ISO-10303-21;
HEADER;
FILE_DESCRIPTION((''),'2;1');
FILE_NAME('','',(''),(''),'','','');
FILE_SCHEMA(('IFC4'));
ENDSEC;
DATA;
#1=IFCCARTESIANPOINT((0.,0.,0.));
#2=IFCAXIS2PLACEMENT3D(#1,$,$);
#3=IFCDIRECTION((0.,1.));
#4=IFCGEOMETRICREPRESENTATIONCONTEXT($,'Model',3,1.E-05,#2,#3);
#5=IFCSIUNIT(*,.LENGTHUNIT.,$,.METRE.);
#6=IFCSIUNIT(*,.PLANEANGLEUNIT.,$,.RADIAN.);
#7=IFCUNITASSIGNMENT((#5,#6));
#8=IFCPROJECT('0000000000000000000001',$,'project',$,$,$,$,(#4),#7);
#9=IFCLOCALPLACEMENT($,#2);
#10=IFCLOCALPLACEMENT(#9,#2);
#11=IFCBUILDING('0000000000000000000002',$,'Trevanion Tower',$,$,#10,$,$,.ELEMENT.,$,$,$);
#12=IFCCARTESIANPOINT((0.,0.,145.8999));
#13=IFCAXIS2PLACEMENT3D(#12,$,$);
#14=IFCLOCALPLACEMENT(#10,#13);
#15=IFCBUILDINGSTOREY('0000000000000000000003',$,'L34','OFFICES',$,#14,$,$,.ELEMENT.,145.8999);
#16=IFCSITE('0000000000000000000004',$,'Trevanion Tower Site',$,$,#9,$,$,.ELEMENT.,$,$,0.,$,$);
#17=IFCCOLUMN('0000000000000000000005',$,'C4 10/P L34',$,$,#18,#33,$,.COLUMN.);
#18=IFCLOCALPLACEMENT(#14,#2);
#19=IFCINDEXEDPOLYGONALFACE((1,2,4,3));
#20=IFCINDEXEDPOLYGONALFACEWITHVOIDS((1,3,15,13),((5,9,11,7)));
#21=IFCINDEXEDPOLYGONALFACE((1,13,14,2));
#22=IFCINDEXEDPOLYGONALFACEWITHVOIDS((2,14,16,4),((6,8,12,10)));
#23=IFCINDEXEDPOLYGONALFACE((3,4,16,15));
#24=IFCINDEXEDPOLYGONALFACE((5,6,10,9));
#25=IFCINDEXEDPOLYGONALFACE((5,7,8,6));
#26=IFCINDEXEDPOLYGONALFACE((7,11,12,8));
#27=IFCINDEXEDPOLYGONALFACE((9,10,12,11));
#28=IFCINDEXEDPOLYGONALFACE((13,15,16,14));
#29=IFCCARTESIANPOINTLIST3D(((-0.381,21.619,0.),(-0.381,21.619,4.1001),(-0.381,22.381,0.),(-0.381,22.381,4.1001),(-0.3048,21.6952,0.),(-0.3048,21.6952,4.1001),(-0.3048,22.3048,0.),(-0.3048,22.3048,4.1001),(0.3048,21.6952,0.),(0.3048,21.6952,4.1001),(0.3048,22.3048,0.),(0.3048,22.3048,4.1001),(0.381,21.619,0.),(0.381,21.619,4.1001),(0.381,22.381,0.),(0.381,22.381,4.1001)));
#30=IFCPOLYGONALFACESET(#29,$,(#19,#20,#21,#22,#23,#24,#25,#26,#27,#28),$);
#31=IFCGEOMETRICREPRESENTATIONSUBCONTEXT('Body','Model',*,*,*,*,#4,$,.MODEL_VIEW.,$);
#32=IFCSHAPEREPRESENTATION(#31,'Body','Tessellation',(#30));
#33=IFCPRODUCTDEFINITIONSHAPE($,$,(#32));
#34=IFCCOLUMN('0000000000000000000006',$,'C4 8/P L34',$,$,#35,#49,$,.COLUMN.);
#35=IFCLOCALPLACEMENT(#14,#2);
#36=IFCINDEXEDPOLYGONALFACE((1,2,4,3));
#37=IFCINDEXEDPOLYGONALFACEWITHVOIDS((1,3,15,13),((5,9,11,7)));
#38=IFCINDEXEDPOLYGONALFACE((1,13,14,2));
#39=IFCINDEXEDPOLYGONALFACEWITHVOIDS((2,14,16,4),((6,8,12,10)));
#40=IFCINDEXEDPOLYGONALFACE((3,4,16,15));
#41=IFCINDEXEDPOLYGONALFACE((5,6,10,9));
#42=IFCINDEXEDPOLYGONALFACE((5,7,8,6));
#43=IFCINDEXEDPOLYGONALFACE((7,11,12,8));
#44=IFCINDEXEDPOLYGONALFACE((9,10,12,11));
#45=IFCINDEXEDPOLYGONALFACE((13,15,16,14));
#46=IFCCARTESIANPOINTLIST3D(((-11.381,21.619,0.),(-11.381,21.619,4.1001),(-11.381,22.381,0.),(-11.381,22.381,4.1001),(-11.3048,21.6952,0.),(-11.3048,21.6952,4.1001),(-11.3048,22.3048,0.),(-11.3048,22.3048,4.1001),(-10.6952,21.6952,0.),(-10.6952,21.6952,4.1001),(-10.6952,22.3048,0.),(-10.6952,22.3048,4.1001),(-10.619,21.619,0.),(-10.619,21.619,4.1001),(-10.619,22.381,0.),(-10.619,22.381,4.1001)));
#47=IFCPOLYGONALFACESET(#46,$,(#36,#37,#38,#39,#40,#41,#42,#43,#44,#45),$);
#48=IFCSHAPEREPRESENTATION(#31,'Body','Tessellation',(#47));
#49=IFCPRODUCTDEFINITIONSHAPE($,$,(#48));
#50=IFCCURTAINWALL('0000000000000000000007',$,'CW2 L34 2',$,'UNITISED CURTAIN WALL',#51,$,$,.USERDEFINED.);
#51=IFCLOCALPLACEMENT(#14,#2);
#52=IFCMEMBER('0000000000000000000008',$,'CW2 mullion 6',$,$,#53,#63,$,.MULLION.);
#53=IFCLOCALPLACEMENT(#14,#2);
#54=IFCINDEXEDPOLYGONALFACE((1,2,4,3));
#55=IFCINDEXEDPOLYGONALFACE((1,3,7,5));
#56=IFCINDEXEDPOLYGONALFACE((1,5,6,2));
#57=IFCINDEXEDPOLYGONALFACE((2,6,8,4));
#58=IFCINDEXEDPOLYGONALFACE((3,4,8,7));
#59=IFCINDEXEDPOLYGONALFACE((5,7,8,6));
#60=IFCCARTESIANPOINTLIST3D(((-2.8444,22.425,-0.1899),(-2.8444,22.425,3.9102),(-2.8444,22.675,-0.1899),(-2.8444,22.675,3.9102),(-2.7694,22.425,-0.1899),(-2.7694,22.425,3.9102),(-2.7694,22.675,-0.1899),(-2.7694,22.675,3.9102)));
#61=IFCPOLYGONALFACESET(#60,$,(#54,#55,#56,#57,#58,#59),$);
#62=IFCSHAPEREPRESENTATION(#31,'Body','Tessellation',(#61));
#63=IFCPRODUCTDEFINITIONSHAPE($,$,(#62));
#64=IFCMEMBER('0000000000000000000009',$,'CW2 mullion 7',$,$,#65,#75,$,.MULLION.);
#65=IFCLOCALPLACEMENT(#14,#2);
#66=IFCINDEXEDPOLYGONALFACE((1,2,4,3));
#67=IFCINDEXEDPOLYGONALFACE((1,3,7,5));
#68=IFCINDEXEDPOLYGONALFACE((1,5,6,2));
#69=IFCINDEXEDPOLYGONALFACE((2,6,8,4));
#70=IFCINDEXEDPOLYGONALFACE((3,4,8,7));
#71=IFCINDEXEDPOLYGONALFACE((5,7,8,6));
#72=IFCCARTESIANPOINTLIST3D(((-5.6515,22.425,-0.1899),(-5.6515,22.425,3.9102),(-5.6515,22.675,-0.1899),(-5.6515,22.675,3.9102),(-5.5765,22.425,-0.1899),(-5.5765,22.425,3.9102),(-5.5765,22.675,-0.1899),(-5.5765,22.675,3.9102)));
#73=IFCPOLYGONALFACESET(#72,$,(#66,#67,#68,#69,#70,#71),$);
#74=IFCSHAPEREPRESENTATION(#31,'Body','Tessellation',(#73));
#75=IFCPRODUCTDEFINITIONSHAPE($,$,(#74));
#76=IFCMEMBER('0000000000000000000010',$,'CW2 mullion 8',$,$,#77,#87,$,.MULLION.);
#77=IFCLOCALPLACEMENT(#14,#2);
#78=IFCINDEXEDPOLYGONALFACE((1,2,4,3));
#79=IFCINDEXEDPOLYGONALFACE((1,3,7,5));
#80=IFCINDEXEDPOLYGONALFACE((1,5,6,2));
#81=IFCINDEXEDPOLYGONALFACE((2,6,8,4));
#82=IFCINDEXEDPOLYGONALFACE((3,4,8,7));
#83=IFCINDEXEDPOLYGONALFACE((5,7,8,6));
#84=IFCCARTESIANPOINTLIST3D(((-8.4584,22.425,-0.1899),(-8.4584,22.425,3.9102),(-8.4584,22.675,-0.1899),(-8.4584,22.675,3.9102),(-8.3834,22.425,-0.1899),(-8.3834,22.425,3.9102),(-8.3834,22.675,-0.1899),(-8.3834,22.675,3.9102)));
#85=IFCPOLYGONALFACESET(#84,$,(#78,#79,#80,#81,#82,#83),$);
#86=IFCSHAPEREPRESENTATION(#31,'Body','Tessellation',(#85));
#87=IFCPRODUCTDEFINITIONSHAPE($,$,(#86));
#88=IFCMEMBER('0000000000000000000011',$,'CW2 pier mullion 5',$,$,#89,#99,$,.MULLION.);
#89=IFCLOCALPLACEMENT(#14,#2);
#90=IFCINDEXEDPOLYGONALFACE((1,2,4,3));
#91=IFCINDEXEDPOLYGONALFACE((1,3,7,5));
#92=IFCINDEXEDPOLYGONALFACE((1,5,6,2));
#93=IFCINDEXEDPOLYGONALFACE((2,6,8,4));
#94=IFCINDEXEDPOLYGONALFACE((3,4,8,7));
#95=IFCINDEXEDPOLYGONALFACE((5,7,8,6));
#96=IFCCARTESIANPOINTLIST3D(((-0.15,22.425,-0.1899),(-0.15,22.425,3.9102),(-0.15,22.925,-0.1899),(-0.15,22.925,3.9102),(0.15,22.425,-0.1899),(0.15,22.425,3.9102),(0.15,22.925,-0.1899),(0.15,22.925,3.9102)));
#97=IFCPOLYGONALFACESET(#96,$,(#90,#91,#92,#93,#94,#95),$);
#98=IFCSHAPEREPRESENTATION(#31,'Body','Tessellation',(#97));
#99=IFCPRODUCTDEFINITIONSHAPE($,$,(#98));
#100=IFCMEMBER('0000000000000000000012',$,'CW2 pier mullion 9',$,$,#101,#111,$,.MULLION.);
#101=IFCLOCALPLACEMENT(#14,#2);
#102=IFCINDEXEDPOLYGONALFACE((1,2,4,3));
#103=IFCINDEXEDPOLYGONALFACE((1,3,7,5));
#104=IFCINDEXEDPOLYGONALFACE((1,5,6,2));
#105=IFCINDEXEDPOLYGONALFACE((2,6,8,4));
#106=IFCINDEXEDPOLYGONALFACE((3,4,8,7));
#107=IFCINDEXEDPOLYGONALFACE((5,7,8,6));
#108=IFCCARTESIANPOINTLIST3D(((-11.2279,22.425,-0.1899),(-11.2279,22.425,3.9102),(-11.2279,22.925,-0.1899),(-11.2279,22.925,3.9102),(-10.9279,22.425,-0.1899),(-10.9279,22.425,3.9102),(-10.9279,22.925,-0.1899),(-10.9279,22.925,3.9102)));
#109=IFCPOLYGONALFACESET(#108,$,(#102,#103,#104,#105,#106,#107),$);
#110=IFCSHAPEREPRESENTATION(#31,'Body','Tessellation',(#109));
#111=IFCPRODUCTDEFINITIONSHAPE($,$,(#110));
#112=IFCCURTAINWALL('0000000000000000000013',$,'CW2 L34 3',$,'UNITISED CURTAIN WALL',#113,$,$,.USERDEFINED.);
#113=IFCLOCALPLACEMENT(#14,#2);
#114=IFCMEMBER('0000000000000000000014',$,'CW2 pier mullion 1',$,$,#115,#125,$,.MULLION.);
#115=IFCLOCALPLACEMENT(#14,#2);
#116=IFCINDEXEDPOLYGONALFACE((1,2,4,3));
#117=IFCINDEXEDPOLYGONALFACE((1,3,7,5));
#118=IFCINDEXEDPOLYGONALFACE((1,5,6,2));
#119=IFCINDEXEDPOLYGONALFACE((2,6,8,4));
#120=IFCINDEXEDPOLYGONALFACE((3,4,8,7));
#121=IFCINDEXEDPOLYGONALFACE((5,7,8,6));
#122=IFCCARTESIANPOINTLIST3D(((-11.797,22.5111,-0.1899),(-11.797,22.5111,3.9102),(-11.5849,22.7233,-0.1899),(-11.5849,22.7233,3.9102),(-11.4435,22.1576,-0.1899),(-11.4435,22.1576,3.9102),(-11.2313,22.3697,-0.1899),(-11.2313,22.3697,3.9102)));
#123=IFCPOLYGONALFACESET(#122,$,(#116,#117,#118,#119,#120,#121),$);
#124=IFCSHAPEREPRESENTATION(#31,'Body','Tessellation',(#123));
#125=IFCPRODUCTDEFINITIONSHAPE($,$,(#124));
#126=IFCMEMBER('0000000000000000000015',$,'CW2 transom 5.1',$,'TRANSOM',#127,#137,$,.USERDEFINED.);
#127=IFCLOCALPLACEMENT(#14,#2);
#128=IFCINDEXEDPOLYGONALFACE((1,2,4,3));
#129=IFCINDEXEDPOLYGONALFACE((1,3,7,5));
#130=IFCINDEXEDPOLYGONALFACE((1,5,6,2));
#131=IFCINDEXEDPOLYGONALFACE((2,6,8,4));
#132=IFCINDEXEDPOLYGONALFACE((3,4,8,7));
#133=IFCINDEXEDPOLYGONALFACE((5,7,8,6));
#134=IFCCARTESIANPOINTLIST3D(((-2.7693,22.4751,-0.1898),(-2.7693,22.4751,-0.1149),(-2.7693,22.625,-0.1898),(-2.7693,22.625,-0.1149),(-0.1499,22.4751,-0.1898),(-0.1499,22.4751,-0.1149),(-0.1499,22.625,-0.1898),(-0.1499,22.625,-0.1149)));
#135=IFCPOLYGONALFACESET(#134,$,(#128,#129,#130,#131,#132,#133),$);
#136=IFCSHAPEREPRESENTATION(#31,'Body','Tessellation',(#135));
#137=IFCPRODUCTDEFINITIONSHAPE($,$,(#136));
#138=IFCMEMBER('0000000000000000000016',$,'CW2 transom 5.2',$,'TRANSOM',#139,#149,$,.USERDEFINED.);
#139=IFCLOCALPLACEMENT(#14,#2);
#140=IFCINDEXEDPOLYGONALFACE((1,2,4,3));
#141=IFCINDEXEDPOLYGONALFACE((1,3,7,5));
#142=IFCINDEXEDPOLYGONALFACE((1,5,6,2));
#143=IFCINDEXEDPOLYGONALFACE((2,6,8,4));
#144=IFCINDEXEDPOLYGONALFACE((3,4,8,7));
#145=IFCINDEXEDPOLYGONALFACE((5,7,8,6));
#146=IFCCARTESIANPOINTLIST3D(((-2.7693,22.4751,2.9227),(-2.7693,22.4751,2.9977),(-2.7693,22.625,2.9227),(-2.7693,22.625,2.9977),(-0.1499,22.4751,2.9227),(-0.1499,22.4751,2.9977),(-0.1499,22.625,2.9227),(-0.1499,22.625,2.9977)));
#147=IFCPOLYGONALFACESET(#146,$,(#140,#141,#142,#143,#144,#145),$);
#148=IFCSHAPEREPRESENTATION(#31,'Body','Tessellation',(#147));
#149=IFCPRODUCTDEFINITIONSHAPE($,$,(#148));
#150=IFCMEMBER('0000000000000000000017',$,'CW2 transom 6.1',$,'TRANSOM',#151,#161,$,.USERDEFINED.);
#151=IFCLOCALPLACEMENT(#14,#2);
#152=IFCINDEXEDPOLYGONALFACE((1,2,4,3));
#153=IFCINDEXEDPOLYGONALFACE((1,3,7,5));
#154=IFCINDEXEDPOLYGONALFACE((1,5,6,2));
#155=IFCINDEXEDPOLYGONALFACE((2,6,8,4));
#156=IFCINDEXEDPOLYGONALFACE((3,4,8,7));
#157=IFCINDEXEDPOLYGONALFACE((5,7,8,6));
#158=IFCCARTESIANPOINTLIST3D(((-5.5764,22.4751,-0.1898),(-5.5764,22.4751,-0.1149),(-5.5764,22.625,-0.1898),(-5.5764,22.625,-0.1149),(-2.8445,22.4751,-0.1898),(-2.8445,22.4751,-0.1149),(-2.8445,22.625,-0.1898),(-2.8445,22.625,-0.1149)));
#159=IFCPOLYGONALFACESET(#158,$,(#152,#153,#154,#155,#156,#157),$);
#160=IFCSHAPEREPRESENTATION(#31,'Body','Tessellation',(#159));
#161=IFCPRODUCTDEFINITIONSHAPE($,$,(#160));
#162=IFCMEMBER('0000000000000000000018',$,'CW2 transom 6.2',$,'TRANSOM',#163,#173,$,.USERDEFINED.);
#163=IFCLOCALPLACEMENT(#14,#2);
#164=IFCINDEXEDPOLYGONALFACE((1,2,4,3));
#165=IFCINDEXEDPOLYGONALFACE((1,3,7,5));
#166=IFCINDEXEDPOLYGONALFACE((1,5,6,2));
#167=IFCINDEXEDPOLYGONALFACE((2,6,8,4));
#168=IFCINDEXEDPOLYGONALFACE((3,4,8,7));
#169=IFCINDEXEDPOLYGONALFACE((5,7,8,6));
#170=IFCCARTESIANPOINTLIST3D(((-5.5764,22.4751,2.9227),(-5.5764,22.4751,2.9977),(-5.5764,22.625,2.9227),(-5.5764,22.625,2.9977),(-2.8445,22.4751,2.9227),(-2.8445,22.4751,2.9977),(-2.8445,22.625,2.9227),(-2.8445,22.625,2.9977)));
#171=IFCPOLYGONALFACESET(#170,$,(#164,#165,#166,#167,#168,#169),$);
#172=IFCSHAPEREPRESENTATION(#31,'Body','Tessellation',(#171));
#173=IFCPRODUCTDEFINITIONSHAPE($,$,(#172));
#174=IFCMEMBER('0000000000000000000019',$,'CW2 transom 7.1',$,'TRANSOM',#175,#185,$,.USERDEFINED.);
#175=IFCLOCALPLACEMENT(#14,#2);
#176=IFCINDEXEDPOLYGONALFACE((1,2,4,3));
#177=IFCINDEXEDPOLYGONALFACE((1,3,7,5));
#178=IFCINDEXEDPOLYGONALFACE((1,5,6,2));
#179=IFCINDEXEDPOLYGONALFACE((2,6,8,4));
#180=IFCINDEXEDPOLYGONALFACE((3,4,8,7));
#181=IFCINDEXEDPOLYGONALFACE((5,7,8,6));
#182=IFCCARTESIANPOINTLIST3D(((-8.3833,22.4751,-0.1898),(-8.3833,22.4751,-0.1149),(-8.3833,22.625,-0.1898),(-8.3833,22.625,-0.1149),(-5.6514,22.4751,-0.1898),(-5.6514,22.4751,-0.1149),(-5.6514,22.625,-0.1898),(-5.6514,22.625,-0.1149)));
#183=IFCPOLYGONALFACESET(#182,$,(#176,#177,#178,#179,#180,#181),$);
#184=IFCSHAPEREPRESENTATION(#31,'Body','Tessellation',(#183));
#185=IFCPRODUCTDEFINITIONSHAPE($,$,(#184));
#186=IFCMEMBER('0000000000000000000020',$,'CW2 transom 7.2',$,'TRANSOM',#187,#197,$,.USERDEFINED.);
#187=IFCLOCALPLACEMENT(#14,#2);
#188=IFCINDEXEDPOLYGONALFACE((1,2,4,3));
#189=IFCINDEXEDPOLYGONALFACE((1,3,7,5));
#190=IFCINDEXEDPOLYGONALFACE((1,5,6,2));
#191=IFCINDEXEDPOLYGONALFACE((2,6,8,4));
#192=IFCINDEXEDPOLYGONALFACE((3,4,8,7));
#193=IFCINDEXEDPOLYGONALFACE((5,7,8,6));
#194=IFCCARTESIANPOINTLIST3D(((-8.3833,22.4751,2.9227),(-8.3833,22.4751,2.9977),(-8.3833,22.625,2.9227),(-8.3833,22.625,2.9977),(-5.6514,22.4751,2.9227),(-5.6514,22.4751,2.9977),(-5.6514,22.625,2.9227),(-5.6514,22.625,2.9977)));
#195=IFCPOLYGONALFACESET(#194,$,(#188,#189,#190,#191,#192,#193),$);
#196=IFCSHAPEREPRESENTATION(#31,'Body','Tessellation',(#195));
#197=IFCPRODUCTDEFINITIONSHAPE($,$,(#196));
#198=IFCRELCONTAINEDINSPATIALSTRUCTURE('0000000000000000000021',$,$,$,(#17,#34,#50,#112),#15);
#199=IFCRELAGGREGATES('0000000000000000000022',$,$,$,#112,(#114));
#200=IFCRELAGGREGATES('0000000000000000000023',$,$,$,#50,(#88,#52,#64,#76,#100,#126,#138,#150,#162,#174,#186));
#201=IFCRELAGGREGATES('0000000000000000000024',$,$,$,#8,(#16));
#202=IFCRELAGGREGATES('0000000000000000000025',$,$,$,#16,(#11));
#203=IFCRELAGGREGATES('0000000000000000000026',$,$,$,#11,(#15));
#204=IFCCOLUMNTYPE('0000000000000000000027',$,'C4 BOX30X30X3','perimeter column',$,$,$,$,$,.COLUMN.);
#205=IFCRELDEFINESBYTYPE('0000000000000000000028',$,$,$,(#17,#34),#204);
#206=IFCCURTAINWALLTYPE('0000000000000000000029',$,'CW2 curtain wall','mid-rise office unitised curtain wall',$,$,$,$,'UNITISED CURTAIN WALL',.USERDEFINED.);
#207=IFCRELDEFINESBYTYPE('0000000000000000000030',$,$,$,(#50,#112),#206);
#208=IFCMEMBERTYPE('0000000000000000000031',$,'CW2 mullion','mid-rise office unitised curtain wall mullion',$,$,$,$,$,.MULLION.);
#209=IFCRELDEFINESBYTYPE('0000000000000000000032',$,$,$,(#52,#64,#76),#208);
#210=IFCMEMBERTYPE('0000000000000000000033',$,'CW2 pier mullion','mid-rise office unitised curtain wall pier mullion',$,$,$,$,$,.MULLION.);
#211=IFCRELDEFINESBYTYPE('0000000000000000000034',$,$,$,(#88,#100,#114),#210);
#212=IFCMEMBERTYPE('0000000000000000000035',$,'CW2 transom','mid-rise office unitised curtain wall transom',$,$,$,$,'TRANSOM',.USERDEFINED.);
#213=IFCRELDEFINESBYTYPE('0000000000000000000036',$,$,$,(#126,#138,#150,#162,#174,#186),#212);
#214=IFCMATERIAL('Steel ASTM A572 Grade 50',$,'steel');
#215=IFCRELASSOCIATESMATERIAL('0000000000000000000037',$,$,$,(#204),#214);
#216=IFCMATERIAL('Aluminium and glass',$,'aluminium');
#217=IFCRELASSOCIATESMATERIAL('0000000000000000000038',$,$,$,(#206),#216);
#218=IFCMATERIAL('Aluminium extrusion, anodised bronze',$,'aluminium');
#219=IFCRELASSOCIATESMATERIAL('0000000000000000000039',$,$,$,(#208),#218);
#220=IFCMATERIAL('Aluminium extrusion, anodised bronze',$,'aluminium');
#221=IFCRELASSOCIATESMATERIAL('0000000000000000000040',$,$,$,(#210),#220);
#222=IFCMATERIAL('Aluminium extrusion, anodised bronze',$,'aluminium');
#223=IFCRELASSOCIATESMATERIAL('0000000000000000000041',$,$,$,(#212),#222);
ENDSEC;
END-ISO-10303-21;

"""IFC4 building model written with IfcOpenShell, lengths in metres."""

from ifc_helpers import new_model, si_unit, direction, frame, origin, origin_2d, place, context, subcontext, project, spatial, rectangle, hollow_rectangle, extrude, material, material_profile, profile_set, type_object, element, aggregate, save


model = new_model("IFC4")

# Units and contexts
model_context = context("Model", 3, precision=1e-05, world=origin(), true_north=direction((0.0, 1.0)))
body_context = subcontext(model_context, "Body", "Model", "MODEL_VIEW")
ifc_project = project(units=[si_unit("LENGTHUNIT", "METRE"), si_unit("PLANEANGLEUNIT", "RADIAN")], contexts=[model_context])

# Site, building, storey
site_placement = place(None, origin())
site = spatial("IfcSite", under=ifc_project, at=site_placement, Name="Trevanion Tower Site", CompositionType="ELEMENT", RefElevation=0.0)
building_placement = place(site_placement, origin())
building = spatial("IfcBuilding", under=site, at=building_placement, Name="Trevanion Tower", CompositionType="ELEMENT")
storey_placement = place(building_placement, frame((0.0, 0.0, 145.8999)))
storey = spatial("IfcBuildingStorey", under=building, at=storey_placement, Name="L34", Description="OFFICES", CompositionType="ELEMENT", Elevation=145.8999)

# Columns
ifc_material_1 = material(Name="Steel ASTM A572 Grade 50", Category="steel")
ifc_material_profile_1 = material_profile(ifc_material_1, hollow_rectangle(XDim=0.762, YDim=0.762, WallThickness=0.0762, at=origin_2d()), Name="BOX30X30X3")
ifc_profile_set_1 = profile_set([ifc_material_profile_1], Name="Steel ASTM A572 Grade 50")
column_type = type_object("IfcColumnType", Name="C4 BOX30X30X3", Description="perimeter column", PredefinedType="COLUMN", material=ifc_profile_set_1)
for number, where, z_axis, x_axis, name in (
    (1, (0.0, 22.0, 0.0), (0.0, 0.0, 1.0), (1.0, 0.0, 0.0), "C4 10/P L34"),
    (2, (-11.0, 22.0, 0.0), (0.0, 0.0, 1.0), (1.0, 0.0, 0.0), "C4 8/P L34"),
):
    element("IfcColumn", number, at=place(storey_placement, frame(where, z_axis=z_axis, x_axis=x_axis)), inside=storey, type_object=column_type, Name=name, PredefinedType="COLUMN", context=body_context, shape_type="SweptSolid", body=[
        extrude(hollow_rectangle(XDim=0.762, YDim=0.762, WallThickness=0.0762, at=origin_2d()), origin(), (0.0, 0.0, 1.0), 4.1001),
    ])

# Curtain wall, members
ifc_material_2 = material(Name="Aluminium and glass", Category="aluminium")
curtain_wall_type = type_object("IfcCurtainWallType", Name="CW2 curtain wall", Description="mid-rise office unitised curtain wall", ElementType="UNITISED CURTAIN WALL", PredefinedType="USERDEFINED", material=ifc_material_2)
curtain_wall_1_placement = place(storey_placement, origin())
curtain_wall_1 = element("IfcCurtainWall", 3, at=curtain_wall_1_placement, inside=storey, type_object=curtain_wall_type, Name="CW2 L34 2", ObjectType="UNITISED CURTAIN WALL", PredefinedType="USERDEFINED")
ifc_material_3 = material(Name="Aluminium extrusion, anodised bronze", Category="aluminium")
ifc_material_profile_2 = material_profile(ifc_material_3, rectangle(XDim=0.075, YDim=0.25, at=origin_2d()), Name="CW2 mullion")
ifc_profile_set_2 = profile_set([ifc_material_profile_2], Name="Aluminium extrusion, anodised bronze")
member_type_1 = type_object("IfcMemberType", Name="CW2 mullion", Description="mid-rise office unitised curtain wall mullion", PredefinedType="MULLION", material=ifc_profile_set_2)
member_1_placement = place(storey_placement, frame((-2.8069, 22.55, -0.1899), z_axis=(0.0, 0.0, 1.0), x_axis=(-1.0, 0.0, 0.0)))
member_1 = element("IfcMember", 4, at=member_1_placement, type_object=member_type_1, Name="CW2 mullion 6", PredefinedType="MULLION", context=body_context, shape_type="SweptSolid", body=[
    extrude(rectangle(XDim=0.075, YDim=0.25, at=origin_2d()), origin(), (0.0, 0.0, 1.0), 4.1001),
])
member_2_placement = place(storey_placement, frame((-5.614, 22.55, -0.1899), z_axis=(0.0, 0.0, 1.0), x_axis=(-1.0, 0.0, 0.0)))
member_2 = element("IfcMember", 5, at=member_2_placement, type_object=member_type_1, Name="CW2 mullion 7", PredefinedType="MULLION", context=body_context, shape_type="SweptSolid", body=[
    extrude(rectangle(XDim=0.075, YDim=0.25, at=origin_2d()), origin(), (0.0, 0.0, 1.0), 4.1001),
])
member_3_placement = place(storey_placement, frame((-8.4209, 22.55, -0.1899), z_axis=(0.0, 0.0, 1.0), x_axis=(-1.0, 0.0, 0.0)))
member_3 = element("IfcMember", 6, at=member_3_placement, type_object=member_type_1, Name="CW2 mullion 8", PredefinedType="MULLION", context=body_context, shape_type="SweptSolid", body=[
    extrude(rectangle(XDim=0.075, YDim=0.25, at=origin_2d()), origin(), (0.0, 0.0, 1.0), 4.1001),
])
ifc_material_4 = material(Name="Aluminium extrusion, anodised bronze", Category="aluminium")
ifc_material_profile_3 = material_profile(ifc_material_4, rectangle(XDim=0.3, YDim=0.5, at=origin_2d()), Name="CW2 pier mullion")
ifc_profile_set_3 = profile_set([ifc_material_profile_3], Name="Aluminium extrusion, anodised bronze")
member_type_2 = type_object("IfcMemberType", Name="CW2 pier mullion", Description="mid-rise office unitised curtain wall pier mullion", PredefinedType="MULLION", material=ifc_profile_set_3)
member_4_placement = place(storey_placement, frame((0.0, 22.675, -0.1899), z_axis=(0.0, 0.0, 1.0), x_axis=(-1.0, 0.0, 0.0)))
member_4 = element("IfcMember", 7, at=member_4_placement, type_object=member_type_2, Name="CW2 pier mullion 5", PredefinedType="MULLION", context=body_context, shape_type="SweptSolid", body=[
    extrude(rectangle(XDim=0.3, YDim=0.5, at=origin_2d()), origin(), (0.0, 0.0, 1.0), 4.1001),
])
member_5_placement = place(storey_placement, frame((-11.0779, 22.675, -0.1899), z_axis=(0.0, 0.0, 1.0), x_axis=(-1.0, 0.0, 0.0)))
member_5 = element("IfcMember", 8, at=member_5_placement, type_object=member_type_2, Name="CW2 pier mullion 9", PredefinedType="MULLION", context=body_context, shape_type="SweptSolid", body=[
    extrude(rectangle(XDim=0.3, YDim=0.5, at=origin_2d()), origin(), (0.0, 0.0, 1.0), 4.1001),
])

# Curtain wall, member
curtain_wall_2_placement = place(storey_placement, origin())
curtain_wall_2 = element("IfcCurtainWall", 9, at=curtain_wall_2_placement, inside=storey, type_object=curtain_wall_type, Name="CW2 L34 3", ObjectType="UNITISED CURTAIN WALL", PredefinedType="USERDEFINED")
member_6_placement = place(storey_placement, frame((-11.5142, 22.4404, -0.1899), z_axis=(0.0, 0.0, 1.0), x_axis=(-0.707107, -0.707107, 0.0)))
member_6 = element("IfcMember", 10, at=member_6_placement, type_object=member_type_2, Name="CW2 pier mullion 1", PredefinedType="MULLION", context=body_context, shape_type="SweptSolid", body=[
    extrude(rectangle(XDim=0.3, YDim=0.5, at=origin_2d()), origin(), (0.0, 0.0, 1.0), 4.1001),
])
aggregate(curtain_wall_2, [member_6])

# Members
ifc_material_5 = material(Name="Aluminium extrusion, anodised bronze", Category="aluminium")
ifc_material_profile_4 = material_profile(ifc_material_5, rectangle(XDim=0.1499, YDim=0.075, at=origin_2d()), Name="CW2 transom")
ifc_profile_set_4 = profile_set([ifc_material_profile_4], Name="Aluminium extrusion, anodised bronze")
member_type_3 = type_object("IfcMemberType", Name="CW2 transom", Description="mid-rise office unitised curtain wall transom", ElementType="TRANSOM", PredefinedType="USERDEFINED", material=ifc_profile_set_4)
member_7_placement = place(storey_placement, frame((-0.1499, 22.55, -0.1523), z_axis=(-1.0, 0.0, 0.0), x_axis=(0.0, -1.0, 0.0)))
member_7 = element("IfcMember", 11, at=member_7_placement, type_object=member_type_3, Name="CW2 transom 5.1", ObjectType="TRANSOM", PredefinedType="USERDEFINED", context=body_context, shape_type="SweptSolid", body=[
    extrude(rectangle(XDim=0.1499, YDim=0.075, at=origin_2d()), origin(), (0.0, 0.0, 1.0), 2.6194),
])
member_8_placement = place(storey_placement, frame((-0.1499, 22.55, 2.9602), z_axis=(-1.0, 0.0, 0.0), x_axis=(0.0, -1.0, 0.0)))
member_8 = element("IfcMember", 12, at=member_8_placement, type_object=member_type_3, Name="CW2 transom 5.2", ObjectType="TRANSOM", PredefinedType="USERDEFINED", context=body_context, shape_type="SweptSolid", body=[
    extrude(rectangle(XDim=0.1499, YDim=0.075, at=origin_2d()), origin(), (0.0, 0.0, 1.0), 2.6194),
])
member_9_placement = place(storey_placement, frame((-2.8445, 22.55, -0.1523), z_axis=(-1.0, 0.0, 0.0), x_axis=(0.0, -1.0, 0.0)))
member_9 = element("IfcMember", 13, at=member_9_placement, type_object=member_type_3, Name="CW2 transom 6.1", ObjectType="TRANSOM", PredefinedType="USERDEFINED", context=body_context, shape_type="SweptSolid", body=[
    extrude(rectangle(XDim=0.1499, YDim=0.075, at=origin_2d()), origin(), (0.0, 0.0, 1.0), 2.7319),
])
member_10_placement = place(storey_placement, frame((-2.8445, 22.55, 2.9602), z_axis=(-1.0, 0.0, 0.0), x_axis=(0.0, -1.0, 0.0)))
member_10 = element("IfcMember", 14, at=member_10_placement, type_object=member_type_3, Name="CW2 transom 6.2", ObjectType="TRANSOM", PredefinedType="USERDEFINED", context=body_context, shape_type="SweptSolid", body=[
    extrude(rectangle(XDim=0.1499, YDim=0.075, at=origin_2d()), origin(), (0.0, 0.0, 1.0), 2.7319),
])
member_11_placement = place(storey_placement, frame((-5.6514, 22.55, -0.1523), z_axis=(-1.0, 0.0, 0.0), x_axis=(0.0, -1.0, 0.0)))
member_11 = element("IfcMember", 15, at=member_11_placement, type_object=member_type_3, Name="CW2 transom 7.1", ObjectType="TRANSOM", PredefinedType="USERDEFINED", context=body_context, shape_type="SweptSolid", body=[
    extrude(rectangle(XDim=0.1499, YDim=0.075, at=origin_2d()), origin(), (0.0, 0.0, 1.0), 2.7319),
])
member_12_placement = place(storey_placement, frame((-5.6514, 22.55, 2.9602), z_axis=(-1.0, 0.0, 0.0), x_axis=(0.0, -1.0, 0.0)))
member_12 = element("IfcMember", 16, at=member_12_placement, type_object=member_type_3, Name="CW2 transom 7.2", ObjectType="TRANSOM", PredefinedType="USERDEFINED", context=body_context, shape_type="SweptSolid", body=[
    extrude(rectangle(XDim=0.1499, YDim=0.075, at=origin_2d()), origin(), (0.0, 0.0, 1.0), 2.7319),
])

aggregate(curtain_wall_1, [member_4, member_1, member_2, member_3, member_5, member_7, member_8, member_9, member_10, member_11, member_12])

save(model, "model.ifc")
